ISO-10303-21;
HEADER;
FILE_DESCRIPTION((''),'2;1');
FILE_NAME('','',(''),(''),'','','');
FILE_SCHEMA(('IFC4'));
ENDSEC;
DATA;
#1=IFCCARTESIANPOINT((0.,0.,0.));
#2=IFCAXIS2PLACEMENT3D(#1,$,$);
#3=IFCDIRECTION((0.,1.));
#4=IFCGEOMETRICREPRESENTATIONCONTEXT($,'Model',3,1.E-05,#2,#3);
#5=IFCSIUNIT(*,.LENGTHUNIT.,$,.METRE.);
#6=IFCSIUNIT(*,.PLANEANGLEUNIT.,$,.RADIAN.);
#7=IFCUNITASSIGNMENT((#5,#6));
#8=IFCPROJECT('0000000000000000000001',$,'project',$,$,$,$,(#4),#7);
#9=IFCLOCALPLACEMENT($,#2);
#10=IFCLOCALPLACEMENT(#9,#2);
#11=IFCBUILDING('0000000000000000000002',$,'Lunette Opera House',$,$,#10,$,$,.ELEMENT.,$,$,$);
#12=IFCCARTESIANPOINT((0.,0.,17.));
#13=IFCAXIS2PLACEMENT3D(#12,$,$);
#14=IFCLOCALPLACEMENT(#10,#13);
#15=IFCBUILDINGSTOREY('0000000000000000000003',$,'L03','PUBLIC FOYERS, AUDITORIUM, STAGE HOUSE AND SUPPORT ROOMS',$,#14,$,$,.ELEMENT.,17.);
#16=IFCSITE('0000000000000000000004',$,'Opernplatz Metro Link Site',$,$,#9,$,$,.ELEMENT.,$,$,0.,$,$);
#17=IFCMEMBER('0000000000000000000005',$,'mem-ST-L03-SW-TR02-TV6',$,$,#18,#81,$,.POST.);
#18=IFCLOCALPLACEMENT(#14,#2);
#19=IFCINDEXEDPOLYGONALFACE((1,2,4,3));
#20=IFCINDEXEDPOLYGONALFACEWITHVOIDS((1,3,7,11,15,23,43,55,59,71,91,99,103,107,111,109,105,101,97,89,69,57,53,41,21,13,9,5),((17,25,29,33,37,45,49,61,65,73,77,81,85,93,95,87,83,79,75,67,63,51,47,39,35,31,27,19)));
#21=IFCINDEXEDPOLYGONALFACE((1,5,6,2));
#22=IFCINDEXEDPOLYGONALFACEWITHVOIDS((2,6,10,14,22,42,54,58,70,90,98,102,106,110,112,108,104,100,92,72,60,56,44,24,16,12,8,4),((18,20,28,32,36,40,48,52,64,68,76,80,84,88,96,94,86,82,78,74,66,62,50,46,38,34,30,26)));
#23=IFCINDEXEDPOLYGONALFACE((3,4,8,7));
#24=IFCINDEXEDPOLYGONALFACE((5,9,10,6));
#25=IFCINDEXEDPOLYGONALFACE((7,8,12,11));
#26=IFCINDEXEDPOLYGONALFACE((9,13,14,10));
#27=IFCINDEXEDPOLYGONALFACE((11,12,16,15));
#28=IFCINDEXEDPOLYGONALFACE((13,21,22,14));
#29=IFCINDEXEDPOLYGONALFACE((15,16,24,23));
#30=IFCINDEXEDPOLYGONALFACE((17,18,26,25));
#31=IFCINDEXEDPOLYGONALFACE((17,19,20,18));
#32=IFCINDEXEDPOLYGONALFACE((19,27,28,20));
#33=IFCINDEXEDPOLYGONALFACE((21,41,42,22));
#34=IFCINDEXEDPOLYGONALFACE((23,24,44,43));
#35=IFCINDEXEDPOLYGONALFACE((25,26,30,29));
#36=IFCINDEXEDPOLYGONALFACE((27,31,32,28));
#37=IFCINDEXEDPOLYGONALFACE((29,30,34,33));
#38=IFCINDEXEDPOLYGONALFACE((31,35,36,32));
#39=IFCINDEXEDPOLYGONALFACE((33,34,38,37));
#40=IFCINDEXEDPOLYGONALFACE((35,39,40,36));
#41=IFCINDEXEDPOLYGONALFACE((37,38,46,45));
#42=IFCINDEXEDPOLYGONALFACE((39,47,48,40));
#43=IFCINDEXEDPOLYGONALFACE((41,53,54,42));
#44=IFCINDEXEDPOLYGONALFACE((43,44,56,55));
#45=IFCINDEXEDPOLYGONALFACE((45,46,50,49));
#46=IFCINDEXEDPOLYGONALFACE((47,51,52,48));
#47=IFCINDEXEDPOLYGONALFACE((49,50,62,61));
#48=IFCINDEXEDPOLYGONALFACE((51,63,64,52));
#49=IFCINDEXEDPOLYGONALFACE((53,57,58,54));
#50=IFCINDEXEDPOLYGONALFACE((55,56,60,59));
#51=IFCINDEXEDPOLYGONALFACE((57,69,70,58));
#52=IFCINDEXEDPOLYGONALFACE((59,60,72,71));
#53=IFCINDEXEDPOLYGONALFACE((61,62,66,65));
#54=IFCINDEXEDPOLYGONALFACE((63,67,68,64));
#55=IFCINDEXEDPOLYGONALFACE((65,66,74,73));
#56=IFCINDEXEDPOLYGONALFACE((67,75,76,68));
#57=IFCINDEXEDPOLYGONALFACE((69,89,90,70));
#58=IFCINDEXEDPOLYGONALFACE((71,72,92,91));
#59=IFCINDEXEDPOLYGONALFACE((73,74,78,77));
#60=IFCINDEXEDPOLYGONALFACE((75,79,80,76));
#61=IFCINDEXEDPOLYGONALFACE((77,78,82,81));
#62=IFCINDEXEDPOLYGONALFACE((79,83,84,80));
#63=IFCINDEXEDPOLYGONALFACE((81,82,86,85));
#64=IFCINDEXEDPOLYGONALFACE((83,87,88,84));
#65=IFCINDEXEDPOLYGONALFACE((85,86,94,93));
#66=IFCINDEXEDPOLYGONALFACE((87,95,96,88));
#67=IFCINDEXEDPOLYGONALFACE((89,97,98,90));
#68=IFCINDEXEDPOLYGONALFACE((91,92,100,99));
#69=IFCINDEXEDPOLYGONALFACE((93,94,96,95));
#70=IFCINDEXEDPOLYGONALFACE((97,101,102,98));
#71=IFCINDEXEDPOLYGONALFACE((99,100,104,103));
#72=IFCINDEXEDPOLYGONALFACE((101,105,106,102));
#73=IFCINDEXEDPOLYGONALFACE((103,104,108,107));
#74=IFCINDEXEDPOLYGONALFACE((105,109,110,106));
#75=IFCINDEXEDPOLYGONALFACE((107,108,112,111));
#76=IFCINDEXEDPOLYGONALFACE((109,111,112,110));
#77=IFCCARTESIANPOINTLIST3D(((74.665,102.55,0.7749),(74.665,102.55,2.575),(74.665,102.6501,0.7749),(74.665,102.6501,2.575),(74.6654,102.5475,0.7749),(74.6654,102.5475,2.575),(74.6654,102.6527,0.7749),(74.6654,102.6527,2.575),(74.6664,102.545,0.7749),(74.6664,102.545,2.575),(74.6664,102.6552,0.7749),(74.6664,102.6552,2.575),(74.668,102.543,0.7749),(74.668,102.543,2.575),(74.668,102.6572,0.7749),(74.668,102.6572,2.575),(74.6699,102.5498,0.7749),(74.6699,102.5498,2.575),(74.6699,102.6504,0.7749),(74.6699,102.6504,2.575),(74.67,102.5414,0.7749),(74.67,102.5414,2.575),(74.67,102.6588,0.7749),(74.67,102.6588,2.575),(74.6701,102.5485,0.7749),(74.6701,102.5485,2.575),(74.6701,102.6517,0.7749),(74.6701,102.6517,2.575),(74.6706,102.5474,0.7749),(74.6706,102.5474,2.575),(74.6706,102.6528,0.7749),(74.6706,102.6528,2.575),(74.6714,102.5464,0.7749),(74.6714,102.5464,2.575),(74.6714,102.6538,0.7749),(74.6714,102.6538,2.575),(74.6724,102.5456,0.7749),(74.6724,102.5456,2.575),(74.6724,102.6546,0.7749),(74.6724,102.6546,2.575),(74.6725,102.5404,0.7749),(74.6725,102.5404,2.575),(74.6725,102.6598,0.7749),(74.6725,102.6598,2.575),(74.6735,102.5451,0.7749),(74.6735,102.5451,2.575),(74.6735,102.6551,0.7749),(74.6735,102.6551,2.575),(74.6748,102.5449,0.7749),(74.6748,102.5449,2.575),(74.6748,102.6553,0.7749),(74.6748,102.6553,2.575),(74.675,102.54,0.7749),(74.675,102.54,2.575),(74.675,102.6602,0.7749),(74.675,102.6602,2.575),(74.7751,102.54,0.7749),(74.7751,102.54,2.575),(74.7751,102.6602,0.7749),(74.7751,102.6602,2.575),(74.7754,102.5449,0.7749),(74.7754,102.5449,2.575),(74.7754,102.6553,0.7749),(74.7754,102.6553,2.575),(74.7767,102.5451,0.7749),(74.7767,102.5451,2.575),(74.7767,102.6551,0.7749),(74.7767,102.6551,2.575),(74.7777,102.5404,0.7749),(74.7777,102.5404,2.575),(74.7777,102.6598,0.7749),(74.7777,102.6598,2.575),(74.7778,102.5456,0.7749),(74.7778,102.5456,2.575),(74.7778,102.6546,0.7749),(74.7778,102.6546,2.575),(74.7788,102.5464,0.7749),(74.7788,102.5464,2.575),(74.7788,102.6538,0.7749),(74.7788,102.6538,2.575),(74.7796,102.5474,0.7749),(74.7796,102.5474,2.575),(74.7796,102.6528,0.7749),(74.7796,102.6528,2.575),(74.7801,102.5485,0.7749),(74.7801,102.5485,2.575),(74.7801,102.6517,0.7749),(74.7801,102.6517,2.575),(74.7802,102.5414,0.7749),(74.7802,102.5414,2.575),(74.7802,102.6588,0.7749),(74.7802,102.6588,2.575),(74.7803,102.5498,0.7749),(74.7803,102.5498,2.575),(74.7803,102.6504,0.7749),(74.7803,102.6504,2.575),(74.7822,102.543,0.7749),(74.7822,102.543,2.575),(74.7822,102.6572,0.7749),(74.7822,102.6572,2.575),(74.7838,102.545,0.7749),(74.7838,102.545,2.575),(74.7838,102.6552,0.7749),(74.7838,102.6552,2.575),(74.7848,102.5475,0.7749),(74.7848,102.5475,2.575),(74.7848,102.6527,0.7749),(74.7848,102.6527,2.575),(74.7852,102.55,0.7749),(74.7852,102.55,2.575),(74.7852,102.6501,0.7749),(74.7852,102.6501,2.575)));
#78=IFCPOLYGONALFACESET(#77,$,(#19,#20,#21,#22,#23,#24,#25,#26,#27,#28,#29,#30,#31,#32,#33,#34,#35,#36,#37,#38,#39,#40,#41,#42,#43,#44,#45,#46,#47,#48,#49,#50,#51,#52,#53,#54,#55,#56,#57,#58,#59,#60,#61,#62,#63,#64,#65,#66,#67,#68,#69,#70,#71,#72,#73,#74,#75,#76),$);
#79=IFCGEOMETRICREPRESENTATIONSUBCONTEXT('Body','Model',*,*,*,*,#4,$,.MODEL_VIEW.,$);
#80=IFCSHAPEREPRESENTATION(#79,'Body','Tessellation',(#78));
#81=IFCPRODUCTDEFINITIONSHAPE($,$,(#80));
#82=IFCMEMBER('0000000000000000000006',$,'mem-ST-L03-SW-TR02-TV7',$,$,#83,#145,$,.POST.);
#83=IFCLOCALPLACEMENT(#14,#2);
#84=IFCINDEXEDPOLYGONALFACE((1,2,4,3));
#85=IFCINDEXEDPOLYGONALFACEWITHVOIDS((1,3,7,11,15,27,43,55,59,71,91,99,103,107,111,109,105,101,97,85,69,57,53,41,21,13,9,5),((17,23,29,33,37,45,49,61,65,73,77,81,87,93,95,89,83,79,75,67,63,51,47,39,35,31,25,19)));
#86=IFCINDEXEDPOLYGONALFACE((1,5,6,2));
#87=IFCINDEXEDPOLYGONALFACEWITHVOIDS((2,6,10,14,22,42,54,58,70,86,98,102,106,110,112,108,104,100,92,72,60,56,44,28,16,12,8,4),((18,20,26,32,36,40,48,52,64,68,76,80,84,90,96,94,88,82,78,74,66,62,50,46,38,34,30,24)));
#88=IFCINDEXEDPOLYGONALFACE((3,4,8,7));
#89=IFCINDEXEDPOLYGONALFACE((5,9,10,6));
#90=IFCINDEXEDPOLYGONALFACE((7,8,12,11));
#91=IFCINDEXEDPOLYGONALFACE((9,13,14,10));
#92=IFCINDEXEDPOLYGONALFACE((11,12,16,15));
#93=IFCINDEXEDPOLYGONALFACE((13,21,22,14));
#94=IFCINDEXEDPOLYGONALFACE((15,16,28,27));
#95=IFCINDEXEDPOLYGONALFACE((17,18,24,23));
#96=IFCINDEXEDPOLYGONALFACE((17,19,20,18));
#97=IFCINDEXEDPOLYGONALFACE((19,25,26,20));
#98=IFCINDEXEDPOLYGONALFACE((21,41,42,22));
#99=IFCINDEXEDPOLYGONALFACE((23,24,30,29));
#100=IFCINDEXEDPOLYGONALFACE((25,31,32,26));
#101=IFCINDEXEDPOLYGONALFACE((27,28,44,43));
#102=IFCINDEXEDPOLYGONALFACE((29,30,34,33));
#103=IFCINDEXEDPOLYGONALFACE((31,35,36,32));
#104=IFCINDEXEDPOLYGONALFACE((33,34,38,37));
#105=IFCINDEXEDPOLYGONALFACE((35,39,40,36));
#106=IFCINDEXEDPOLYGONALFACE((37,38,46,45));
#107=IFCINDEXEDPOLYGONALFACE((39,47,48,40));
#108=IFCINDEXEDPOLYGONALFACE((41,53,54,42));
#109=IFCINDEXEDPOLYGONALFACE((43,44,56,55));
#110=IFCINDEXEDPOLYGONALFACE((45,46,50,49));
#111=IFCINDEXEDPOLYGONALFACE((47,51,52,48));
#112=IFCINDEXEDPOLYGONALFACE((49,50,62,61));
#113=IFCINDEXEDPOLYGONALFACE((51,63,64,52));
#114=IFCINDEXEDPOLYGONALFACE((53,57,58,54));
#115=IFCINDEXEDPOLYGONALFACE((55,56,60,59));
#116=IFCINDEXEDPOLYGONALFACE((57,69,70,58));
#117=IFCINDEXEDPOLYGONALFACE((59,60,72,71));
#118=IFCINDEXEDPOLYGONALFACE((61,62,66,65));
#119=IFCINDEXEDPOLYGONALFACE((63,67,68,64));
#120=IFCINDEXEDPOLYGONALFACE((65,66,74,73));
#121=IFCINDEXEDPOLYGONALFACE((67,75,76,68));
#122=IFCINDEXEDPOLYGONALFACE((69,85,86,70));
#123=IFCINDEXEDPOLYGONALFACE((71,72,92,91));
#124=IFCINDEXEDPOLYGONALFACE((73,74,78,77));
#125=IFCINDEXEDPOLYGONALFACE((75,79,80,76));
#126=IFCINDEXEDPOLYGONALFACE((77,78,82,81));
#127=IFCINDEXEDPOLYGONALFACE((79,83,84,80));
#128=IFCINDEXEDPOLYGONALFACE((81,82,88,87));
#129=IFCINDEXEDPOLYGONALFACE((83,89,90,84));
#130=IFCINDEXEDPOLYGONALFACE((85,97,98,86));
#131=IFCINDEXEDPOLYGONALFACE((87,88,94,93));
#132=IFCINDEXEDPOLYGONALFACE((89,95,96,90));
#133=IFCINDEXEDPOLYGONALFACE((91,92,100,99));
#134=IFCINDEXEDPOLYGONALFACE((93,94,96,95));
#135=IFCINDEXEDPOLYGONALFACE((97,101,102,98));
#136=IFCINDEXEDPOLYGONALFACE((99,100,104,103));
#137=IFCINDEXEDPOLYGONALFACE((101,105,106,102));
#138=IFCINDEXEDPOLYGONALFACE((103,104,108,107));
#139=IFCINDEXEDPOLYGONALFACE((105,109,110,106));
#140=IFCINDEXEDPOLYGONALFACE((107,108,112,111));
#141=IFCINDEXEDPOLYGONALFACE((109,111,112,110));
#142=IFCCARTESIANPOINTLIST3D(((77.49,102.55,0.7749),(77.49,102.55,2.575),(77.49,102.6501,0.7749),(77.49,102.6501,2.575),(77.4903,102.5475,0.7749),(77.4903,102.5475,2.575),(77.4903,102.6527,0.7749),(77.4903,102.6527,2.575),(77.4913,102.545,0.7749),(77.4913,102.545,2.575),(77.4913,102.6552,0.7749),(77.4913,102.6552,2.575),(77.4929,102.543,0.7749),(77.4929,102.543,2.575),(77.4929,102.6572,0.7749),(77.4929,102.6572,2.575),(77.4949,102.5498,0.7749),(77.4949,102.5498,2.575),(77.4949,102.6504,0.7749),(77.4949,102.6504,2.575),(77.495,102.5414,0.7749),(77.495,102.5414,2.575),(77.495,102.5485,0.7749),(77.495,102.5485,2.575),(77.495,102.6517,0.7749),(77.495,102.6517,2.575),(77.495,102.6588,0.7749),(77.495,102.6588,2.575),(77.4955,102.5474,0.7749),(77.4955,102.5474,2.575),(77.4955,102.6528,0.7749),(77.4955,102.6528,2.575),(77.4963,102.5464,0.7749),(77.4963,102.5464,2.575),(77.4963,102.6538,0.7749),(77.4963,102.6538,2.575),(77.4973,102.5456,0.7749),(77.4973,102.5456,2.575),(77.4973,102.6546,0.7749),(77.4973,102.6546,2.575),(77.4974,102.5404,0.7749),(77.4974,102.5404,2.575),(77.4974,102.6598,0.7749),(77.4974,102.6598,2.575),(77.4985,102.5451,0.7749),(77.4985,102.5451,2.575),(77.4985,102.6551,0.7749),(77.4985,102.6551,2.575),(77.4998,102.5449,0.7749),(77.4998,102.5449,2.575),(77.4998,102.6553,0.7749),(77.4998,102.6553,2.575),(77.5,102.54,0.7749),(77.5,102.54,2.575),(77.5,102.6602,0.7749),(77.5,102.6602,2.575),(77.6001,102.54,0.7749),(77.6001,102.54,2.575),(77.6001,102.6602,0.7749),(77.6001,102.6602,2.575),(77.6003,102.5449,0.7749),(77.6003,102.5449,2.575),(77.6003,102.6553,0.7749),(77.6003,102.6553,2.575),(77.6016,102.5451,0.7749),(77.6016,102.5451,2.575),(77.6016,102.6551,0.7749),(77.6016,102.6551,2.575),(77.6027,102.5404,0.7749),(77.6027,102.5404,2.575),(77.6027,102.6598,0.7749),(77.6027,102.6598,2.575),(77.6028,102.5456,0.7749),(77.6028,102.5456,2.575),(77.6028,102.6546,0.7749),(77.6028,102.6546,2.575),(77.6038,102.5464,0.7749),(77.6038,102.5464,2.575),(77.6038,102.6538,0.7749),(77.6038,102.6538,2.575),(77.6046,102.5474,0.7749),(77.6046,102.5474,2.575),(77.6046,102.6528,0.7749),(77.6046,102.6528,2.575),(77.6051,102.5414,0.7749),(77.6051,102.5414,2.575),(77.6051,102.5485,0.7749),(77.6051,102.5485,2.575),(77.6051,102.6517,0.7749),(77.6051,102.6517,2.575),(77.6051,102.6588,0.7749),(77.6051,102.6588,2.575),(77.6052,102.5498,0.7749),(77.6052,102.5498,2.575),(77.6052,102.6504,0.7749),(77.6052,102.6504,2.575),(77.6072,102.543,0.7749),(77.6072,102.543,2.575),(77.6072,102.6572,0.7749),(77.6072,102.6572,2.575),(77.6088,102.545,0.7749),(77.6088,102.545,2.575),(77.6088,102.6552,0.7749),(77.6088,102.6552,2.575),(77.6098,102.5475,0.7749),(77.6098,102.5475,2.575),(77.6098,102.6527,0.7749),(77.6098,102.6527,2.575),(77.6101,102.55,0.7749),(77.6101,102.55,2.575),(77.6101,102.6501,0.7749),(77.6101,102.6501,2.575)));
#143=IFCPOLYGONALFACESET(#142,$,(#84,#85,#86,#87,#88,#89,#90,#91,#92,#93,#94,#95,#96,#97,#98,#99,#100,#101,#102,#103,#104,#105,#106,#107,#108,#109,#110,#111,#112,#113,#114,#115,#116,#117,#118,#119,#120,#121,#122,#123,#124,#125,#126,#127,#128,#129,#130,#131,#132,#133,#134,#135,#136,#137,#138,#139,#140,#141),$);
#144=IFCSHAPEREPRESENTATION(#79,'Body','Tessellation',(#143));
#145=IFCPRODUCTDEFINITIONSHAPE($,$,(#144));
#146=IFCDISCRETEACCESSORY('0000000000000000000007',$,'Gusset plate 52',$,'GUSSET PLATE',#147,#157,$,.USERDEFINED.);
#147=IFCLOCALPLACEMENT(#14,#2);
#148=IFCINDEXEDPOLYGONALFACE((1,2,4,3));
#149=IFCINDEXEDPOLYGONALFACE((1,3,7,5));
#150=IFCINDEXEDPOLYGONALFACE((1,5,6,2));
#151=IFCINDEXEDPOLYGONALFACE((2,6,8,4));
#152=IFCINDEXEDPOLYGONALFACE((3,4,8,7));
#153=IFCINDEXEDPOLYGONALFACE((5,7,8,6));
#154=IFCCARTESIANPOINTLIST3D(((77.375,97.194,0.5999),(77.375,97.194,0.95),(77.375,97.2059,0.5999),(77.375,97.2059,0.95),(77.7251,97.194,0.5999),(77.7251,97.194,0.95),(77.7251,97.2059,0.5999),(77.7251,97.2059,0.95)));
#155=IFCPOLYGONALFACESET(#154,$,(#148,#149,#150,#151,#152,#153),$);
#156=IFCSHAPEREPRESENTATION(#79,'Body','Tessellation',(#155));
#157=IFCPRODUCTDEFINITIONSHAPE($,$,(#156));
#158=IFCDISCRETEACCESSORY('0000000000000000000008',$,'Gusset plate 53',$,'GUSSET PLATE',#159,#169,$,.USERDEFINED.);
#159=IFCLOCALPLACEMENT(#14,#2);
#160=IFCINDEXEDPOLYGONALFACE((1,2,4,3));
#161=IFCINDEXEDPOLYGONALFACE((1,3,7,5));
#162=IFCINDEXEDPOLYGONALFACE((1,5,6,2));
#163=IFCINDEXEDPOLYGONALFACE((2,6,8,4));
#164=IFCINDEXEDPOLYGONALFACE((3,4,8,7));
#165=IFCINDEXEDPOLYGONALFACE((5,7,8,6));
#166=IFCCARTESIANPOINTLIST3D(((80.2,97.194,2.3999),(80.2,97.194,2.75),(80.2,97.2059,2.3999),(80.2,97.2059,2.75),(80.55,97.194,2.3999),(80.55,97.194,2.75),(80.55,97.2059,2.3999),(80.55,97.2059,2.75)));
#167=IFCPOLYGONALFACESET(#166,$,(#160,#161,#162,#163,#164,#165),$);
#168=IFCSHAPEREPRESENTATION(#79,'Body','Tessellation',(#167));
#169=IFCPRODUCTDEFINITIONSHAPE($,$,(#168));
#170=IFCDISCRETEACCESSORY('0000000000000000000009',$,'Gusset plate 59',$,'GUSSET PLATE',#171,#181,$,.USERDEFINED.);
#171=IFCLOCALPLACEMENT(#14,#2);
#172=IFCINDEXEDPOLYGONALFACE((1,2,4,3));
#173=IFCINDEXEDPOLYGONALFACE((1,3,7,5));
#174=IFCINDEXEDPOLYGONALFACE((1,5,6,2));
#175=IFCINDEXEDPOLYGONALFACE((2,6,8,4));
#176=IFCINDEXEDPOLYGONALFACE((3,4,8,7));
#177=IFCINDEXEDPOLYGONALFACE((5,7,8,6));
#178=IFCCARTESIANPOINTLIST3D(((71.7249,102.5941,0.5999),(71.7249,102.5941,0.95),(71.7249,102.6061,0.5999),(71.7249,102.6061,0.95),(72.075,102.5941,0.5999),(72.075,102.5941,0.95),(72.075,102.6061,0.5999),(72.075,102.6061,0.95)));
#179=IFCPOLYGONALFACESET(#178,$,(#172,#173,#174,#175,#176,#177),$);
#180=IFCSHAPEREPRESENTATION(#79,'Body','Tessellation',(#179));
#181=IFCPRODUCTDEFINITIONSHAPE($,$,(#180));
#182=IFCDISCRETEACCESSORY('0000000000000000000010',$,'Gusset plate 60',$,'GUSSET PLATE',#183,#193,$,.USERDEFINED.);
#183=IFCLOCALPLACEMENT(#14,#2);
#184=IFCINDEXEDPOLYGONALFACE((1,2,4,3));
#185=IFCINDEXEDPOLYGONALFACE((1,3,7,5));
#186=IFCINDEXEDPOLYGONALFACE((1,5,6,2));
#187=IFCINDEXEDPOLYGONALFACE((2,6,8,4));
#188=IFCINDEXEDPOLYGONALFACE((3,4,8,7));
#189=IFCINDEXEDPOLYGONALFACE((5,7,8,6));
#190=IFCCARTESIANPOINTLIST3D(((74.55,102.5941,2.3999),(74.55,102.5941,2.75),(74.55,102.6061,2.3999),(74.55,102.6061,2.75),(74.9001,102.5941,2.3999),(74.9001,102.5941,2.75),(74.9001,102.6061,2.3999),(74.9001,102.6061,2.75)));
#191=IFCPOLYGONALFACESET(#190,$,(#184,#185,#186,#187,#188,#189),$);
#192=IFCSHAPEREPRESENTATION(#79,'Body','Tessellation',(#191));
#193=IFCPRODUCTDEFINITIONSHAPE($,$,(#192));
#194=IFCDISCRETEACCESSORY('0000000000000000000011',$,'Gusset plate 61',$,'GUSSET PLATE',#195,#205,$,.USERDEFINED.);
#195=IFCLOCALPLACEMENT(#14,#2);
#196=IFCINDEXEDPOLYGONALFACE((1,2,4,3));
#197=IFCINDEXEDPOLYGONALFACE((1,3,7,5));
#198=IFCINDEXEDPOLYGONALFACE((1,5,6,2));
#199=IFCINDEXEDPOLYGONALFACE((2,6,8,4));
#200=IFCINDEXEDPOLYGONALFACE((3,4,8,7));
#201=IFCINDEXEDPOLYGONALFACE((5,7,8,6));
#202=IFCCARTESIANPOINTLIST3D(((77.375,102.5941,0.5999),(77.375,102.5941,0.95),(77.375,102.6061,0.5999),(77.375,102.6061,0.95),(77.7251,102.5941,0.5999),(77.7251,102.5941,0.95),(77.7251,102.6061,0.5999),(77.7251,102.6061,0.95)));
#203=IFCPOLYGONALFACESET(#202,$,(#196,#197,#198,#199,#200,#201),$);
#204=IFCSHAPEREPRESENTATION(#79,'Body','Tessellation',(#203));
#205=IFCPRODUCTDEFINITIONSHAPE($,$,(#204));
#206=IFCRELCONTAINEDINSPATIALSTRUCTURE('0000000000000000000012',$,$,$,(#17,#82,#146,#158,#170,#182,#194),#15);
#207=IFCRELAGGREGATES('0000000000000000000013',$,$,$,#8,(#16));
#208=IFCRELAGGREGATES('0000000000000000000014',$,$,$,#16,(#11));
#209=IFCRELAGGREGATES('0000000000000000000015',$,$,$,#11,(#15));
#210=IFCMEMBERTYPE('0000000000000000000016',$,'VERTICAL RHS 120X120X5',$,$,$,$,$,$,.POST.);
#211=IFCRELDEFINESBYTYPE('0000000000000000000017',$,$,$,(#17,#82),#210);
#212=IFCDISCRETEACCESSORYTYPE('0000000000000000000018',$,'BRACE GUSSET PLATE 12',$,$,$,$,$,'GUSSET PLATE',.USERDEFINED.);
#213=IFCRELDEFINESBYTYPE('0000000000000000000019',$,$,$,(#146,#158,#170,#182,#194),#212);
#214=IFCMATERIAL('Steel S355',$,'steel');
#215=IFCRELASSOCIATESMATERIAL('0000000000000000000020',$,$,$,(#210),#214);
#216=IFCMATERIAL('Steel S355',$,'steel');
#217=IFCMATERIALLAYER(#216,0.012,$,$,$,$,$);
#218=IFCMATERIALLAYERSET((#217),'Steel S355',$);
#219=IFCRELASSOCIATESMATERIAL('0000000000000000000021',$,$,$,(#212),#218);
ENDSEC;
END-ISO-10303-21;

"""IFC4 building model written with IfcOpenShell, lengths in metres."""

from ifc_helpers import new_model, si_unit, direction, frame, origin, origin_2d, place, context, subcontext, project, spatial, rectangle, hollow_rectangle, extrude, material, layer, layer_set, material_profile, profile_set, type_object, element, save


model = new_model("IFC4")

# Units and contexts
model_context = context("Model", 3, precision=1e-05, world=origin(), true_north=direction((0.0, 1.0)))
body_context = subcontext(model_context, "Body", "Model", "MODEL_VIEW")
ifc_project = project(units=[si_unit("LENGTHUNIT", "METRE"), si_unit("PLANEANGLEUNIT", "RADIAN")], contexts=[model_context])

# Site, building, storey
site_placement = place(None, origin())
site = spatial("IfcSite", under=ifc_project, at=site_placement, Name="Opernplatz Metro Link Site", CompositionType="ELEMENT", RefElevation=0.0)
building_placement = place(site_placement, origin())
building = spatial("IfcBuilding", under=site, at=building_placement, Name="Lunette Opera House", CompositionType="ELEMENT")
storey_placement = place(building_placement, frame((0.0, 0.0, 17.0)))
storey = spatial("IfcBuildingStorey", under=building, at=storey_placement, Name="L03", Description="PUBLIC FOYERS, AUDITORIUM, STAGE HOUSE AND SUPPORT ROOMS", CompositionType="ELEMENT", Elevation=17.0)

# Members
ifc_material_1 = material(Name="Steel S355", Category="steel")
ifc_material_profile_1 = material_profile(ifc_material_1, hollow_rectangle(XDim=0.1201, YDim=0.1201, WallThickness=0.0049, InnerFilletRadius=0.0049, OuterFilletRadius=0.01, at=origin_2d()), Name="RHS 120X120X5")
ifc_profile_set_1 = profile_set([ifc_material_profile_1], Name="Steel S355")
member_type_1 = type_object("IfcMemberType", Name="VERTICAL RHS 120X120X5", PredefinedType="POST", material=ifc_profile_set_1)
for number, where, z_axis, x_axis, name in (
    (1, (74.7251, 102.6001, 0.7749), (0.0, 0.0, 1.0), (1.0, 0.0, 0.0), "mem-ST-L03-SW-TR02-TV6"),
    (2, (77.55, 102.6001, 0.7749), (0.0, 0.0, 1.0), (1.0, 0.0, 0.0), "mem-ST-L03-SW-TR02-TV7"),
):
    element("IfcMember", number, at=place(storey_placement, frame(where, z_axis=z_axis, x_axis=x_axis)), inside=storey, type_object=member_type_1, Name=name, PredefinedType="POST", context=body_context, shape_type="SweptSolid", body=[
        extrude(hollow_rectangle(XDim=0.1201, YDim=0.1201, WallThickness=0.0049, InnerFilletRadius=0.0049, OuterFilletRadius=0.01, at=origin_2d()), origin(), (0.0, 0.0, 1.0), 1.8),
    ])

# Discrete accessories
ifc_material_2 = material(Name="Steel S355", Category="steel")
ifc_layer = layer(ifc_material_2, 0.012)
ifc_layer_set = layer_set([ifc_layer], Name="Steel S355")
discrete_accessory_type = type_object("IfcDiscreteAccessoryType", Name="BRACE GUSSET PLATE 12", ElementType="GUSSET PLATE", PredefinedType="USERDEFINED", material=ifc_layer_set)
for number, where, z_axis, x_axis, name in (
    (3, (77.55, 97.2, 0.5999), (0.0, 0.0, 1.0), (1.0, 0.0, 0.0), "Gusset plate 52"),
    (4, (80.375, 97.2, 2.3999), (0.0, 0.0, 1.0), (1.0, 0.0, 0.0), "Gusset plate 53"),
    (5, (71.8999, 102.6001, 0.5999), (0.0, 0.0, 1.0), (1.0, 0.0, 0.0), "Gusset plate 59"),
    (6, (74.7251, 102.6001, 2.3999), (0.0, 0.0, 1.0), (1.0, 0.0, 0.0), "Gusset plate 60"),
    (7, (77.55, 102.6001, 0.5999), (0.0, 0.0, 1.0), (1.0, 0.0, 0.0), "Gusset plate 61"),
):
    element("IfcDiscreteAccessory", number, at=place(storey_placement, frame(where, z_axis=z_axis, x_axis=x_axis)), inside=storey, type_object=discrete_accessory_type, Name=name, ObjectType="GUSSET PLATE", PredefinedType="USERDEFINED", context=body_context, shape_type="SweptSolid", body=[
        extrude(rectangle(XDim=0.3501, YDim=0.012, at=origin_2d()), origin(), (0.0, 0.0, 1.0), 0.3501),
    ])

save(model, "model.ifc")
